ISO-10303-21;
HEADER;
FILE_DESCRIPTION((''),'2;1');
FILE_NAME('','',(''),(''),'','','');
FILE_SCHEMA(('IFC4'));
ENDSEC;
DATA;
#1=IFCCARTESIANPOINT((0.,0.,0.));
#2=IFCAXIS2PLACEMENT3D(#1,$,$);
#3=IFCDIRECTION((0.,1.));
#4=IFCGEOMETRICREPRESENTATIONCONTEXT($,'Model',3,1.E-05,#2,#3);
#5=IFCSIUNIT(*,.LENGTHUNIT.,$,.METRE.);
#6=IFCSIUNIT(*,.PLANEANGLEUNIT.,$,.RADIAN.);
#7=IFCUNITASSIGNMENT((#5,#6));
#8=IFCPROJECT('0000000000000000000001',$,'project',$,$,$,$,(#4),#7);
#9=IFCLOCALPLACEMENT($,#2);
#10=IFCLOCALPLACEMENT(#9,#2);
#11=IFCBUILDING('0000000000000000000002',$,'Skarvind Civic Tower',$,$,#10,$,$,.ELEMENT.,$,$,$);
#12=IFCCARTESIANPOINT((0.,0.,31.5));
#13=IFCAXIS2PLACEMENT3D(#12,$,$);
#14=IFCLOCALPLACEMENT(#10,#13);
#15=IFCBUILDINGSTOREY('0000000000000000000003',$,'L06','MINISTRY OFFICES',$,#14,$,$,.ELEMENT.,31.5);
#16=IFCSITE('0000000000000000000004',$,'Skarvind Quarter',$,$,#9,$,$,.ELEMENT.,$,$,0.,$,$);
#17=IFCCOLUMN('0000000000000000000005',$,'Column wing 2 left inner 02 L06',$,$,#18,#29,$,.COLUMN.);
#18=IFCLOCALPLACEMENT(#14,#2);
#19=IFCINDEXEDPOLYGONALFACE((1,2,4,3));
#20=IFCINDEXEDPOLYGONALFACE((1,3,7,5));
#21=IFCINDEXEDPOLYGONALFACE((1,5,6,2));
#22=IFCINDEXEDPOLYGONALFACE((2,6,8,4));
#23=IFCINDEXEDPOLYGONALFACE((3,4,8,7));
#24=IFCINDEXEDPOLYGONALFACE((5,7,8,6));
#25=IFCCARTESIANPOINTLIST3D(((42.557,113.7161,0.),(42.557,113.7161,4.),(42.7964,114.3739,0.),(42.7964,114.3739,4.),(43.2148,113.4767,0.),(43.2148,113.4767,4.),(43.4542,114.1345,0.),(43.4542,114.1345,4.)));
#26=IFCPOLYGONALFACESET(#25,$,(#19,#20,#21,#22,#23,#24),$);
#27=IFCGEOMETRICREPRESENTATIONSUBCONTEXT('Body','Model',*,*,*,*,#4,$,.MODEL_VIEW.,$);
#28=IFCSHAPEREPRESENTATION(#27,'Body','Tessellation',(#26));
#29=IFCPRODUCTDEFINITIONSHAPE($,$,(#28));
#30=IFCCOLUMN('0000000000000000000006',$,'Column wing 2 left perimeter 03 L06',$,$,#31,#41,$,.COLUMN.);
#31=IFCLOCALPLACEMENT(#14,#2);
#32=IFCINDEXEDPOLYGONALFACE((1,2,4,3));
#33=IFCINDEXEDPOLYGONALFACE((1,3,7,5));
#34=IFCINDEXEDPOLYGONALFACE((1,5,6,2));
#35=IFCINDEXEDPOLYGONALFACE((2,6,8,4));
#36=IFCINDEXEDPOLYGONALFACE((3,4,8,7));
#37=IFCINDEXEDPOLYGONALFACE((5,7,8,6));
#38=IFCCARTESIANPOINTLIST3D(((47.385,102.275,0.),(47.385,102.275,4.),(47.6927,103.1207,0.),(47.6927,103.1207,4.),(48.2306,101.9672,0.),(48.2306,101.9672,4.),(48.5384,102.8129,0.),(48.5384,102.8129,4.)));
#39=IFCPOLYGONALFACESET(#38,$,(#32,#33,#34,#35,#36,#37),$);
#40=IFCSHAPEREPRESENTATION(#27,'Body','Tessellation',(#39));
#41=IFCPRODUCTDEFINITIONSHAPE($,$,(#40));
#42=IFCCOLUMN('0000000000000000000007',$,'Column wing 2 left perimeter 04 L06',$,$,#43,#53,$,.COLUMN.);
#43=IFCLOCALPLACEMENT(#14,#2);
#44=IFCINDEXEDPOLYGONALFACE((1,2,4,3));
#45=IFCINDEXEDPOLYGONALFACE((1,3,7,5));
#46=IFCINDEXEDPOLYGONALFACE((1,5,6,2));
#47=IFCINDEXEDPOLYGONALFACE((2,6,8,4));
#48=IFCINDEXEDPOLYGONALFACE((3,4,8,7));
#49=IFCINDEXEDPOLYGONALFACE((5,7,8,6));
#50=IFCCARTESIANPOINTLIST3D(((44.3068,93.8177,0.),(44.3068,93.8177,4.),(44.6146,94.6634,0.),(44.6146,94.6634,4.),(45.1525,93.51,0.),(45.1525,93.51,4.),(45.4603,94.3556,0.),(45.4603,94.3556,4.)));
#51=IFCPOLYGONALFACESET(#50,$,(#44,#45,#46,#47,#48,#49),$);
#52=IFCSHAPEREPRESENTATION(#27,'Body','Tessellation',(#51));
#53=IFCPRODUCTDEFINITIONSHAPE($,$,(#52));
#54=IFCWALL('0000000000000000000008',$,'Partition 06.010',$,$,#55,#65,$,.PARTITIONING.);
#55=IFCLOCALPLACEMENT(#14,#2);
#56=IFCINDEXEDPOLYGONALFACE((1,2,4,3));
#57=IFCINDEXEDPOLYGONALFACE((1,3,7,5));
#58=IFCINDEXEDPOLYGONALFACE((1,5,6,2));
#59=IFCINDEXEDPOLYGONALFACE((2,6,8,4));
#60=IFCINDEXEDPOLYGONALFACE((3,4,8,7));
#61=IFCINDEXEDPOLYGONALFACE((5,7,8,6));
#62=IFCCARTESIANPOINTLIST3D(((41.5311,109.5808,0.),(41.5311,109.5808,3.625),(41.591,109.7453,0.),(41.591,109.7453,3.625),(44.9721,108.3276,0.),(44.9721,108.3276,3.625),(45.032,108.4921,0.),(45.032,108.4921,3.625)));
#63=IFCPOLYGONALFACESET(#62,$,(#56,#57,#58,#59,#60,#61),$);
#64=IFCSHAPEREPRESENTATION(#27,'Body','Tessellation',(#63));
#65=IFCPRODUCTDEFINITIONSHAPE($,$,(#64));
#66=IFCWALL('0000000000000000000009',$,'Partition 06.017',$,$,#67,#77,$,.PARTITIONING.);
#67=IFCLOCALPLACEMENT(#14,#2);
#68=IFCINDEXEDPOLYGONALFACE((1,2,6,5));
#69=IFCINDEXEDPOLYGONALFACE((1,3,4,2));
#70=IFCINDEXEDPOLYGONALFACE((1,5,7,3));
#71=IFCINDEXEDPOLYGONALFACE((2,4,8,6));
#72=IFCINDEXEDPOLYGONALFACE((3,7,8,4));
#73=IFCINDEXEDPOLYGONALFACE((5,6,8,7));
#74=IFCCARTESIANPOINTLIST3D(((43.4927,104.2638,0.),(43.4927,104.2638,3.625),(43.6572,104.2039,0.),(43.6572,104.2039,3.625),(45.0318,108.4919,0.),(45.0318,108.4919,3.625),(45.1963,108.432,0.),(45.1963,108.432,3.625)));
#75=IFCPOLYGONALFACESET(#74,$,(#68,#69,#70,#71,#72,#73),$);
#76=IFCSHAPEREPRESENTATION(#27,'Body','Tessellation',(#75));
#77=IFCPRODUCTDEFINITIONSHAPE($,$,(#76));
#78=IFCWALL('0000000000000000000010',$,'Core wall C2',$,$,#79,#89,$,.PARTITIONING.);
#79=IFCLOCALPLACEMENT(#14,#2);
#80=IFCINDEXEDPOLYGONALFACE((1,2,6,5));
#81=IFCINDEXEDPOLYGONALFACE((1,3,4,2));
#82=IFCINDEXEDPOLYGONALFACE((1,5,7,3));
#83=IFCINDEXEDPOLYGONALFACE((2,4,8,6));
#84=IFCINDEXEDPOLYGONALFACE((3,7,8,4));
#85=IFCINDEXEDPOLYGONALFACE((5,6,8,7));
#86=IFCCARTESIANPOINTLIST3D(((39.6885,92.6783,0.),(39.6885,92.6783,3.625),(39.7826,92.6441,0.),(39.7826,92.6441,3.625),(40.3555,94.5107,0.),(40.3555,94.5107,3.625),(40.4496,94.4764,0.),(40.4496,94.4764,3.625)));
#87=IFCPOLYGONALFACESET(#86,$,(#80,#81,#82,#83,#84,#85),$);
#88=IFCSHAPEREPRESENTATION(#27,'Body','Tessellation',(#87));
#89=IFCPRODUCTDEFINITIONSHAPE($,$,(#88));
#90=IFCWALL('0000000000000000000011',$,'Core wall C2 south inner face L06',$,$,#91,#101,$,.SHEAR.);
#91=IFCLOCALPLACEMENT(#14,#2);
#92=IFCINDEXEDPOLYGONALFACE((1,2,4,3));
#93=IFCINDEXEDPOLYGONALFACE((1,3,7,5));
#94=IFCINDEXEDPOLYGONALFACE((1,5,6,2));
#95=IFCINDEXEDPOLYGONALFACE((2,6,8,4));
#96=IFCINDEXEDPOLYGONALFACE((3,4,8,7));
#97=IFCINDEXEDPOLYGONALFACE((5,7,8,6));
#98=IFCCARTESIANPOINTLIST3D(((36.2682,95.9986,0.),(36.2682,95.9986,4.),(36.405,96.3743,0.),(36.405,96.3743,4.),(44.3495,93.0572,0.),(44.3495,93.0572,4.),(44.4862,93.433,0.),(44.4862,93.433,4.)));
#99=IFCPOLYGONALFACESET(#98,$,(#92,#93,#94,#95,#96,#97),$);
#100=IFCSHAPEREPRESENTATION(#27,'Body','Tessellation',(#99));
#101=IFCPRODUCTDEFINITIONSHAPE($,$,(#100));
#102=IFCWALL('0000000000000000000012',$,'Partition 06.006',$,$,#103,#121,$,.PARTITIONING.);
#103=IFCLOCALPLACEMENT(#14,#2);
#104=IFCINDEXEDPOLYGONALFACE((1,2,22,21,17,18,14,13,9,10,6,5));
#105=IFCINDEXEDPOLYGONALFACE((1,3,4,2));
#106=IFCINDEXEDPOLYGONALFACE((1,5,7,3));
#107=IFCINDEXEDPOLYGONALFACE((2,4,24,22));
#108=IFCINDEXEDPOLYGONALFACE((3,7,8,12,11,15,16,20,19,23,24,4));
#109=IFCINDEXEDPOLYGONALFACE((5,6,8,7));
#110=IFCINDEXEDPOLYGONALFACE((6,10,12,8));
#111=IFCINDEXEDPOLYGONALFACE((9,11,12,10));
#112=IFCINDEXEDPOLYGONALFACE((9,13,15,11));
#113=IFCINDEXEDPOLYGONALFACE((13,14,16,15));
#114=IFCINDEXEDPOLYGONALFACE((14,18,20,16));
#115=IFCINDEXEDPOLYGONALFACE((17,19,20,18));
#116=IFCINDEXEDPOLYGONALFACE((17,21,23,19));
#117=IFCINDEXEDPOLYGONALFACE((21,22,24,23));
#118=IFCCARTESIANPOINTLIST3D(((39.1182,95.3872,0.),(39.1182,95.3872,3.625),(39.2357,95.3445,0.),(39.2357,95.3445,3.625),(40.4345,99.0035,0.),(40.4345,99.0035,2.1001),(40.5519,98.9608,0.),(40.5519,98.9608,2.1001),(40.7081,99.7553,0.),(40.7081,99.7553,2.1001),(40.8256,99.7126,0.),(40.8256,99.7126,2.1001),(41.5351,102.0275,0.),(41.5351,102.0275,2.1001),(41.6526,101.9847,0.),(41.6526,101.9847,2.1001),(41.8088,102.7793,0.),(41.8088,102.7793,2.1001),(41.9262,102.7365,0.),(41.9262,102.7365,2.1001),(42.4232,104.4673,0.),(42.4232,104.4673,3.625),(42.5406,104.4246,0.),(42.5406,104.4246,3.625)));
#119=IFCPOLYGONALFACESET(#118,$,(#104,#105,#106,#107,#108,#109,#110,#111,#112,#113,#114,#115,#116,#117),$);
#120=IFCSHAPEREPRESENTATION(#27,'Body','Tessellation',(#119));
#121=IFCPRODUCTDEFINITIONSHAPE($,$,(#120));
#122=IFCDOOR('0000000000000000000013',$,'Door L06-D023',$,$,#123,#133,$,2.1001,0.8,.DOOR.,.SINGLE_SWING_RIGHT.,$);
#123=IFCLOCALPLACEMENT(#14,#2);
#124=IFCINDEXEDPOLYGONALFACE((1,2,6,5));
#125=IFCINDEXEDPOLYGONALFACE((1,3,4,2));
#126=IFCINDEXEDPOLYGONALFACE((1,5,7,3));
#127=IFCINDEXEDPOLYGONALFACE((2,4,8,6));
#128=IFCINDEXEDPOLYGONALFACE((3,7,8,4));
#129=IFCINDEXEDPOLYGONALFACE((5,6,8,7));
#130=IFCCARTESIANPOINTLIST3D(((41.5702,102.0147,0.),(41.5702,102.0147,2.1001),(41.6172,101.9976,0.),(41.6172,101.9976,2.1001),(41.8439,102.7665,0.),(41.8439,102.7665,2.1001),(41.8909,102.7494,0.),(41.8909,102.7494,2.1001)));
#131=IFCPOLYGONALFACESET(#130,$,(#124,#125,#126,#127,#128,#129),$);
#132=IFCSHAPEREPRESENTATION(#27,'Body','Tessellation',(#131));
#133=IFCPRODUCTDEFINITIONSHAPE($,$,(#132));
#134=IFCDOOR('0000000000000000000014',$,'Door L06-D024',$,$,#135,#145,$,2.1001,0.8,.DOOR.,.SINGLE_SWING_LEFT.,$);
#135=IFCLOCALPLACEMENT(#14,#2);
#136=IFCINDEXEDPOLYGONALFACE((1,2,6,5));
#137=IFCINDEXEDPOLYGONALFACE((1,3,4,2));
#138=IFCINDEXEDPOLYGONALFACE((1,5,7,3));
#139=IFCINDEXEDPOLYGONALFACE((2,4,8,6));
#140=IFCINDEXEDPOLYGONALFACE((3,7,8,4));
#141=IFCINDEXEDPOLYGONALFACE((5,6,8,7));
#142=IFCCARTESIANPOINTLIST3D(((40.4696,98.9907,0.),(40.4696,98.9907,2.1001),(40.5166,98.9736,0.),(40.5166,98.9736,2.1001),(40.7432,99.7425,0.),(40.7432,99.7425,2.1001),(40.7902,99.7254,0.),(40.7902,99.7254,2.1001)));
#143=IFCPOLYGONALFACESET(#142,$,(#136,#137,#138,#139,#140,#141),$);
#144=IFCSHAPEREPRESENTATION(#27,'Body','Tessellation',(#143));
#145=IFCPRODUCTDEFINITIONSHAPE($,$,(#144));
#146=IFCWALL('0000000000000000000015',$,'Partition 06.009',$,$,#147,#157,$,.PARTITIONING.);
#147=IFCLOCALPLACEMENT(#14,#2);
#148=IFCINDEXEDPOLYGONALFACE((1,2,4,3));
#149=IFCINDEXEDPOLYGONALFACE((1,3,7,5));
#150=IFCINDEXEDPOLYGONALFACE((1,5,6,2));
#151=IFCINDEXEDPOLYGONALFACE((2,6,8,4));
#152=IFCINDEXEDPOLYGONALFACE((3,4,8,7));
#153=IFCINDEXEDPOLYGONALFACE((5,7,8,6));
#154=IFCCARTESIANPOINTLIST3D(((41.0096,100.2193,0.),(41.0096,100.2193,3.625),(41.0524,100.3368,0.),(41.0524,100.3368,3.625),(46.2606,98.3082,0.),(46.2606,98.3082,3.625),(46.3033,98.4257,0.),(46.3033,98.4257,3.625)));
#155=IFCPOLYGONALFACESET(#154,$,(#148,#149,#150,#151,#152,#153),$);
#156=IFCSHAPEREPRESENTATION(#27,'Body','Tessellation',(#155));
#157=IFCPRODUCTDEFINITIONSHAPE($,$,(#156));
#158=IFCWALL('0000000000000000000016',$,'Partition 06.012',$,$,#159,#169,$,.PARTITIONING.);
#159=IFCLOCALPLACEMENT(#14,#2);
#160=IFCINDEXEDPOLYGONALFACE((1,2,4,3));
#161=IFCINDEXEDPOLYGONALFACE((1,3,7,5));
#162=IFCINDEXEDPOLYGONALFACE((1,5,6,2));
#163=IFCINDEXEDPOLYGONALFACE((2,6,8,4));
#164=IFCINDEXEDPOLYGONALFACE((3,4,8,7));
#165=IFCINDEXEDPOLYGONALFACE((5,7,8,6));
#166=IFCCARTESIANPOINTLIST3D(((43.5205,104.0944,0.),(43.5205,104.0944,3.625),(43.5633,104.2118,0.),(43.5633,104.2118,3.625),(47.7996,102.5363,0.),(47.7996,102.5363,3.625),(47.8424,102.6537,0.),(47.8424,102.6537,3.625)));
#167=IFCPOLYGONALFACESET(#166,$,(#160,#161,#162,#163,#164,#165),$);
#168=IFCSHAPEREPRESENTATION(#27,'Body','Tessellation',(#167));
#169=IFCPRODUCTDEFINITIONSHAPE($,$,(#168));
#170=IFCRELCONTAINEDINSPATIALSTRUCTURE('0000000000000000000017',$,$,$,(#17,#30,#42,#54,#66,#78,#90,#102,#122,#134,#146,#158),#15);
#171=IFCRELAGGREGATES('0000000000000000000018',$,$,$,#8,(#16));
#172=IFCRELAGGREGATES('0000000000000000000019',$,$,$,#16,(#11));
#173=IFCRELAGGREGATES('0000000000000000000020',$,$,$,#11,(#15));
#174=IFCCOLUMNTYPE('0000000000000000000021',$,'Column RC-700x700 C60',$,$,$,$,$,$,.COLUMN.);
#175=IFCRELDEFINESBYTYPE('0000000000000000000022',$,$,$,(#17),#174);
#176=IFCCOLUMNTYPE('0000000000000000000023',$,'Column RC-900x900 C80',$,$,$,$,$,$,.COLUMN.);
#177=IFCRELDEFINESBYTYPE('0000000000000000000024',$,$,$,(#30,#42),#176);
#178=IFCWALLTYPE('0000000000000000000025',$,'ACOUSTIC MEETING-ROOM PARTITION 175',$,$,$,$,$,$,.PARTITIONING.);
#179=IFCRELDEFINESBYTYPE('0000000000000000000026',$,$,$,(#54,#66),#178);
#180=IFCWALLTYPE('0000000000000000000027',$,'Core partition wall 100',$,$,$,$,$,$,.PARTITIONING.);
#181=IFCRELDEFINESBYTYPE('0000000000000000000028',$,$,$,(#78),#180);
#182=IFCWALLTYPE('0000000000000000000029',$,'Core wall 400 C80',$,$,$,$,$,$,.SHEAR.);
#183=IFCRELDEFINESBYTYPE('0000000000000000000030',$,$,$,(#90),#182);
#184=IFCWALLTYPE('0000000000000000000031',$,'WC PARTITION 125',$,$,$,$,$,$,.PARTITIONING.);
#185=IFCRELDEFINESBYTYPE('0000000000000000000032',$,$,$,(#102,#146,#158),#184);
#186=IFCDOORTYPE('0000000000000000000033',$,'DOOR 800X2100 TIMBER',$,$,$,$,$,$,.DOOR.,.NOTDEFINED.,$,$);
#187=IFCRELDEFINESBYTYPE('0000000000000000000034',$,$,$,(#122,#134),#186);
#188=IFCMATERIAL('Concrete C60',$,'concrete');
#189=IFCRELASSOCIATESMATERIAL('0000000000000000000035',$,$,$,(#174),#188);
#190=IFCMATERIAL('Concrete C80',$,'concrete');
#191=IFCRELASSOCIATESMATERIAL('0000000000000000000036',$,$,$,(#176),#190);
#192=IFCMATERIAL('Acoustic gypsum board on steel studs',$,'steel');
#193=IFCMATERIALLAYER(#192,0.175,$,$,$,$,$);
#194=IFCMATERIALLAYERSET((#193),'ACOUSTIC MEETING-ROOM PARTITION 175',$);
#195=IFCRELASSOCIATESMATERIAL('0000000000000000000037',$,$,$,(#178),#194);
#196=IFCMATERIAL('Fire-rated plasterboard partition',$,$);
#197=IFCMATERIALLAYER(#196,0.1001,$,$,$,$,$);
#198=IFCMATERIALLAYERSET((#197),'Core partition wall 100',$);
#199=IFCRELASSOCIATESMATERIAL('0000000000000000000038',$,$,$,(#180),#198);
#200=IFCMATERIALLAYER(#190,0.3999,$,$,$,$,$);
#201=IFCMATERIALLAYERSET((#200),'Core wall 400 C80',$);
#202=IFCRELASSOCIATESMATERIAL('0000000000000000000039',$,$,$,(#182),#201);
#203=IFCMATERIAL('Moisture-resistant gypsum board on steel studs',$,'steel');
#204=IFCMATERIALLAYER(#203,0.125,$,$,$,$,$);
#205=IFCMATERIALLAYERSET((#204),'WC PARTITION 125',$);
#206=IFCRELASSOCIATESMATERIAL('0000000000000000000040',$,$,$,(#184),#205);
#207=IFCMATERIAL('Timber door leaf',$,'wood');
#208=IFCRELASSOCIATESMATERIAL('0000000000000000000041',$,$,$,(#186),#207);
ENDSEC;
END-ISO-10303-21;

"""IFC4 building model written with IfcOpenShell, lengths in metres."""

from ifc_helpers import new_model, si_unit, direction, frame, frame_2d, origin, origin_2d, place, context, subcontext, project, spatial, rectangle, extrude, material, layer, layer_set, material_profile, profile_set, type_object, element, fill, save


model = new_model("IFC4")

# Units and contexts
model_context = context("Model", 3, precision=1e-05, world=origin(), true_north=direction((0.0, 1.0)))
body_context = subcontext(model_context, "Body", "Model", "MODEL_VIEW")
ifc_project = project(units=[si_unit("LENGTHUNIT", "METRE"), si_unit("PLANEANGLEUNIT", "RADIAN")], contexts=[model_context])

# Site, building, storey
site_placement = place(None, origin())
site = spatial("IfcSite", under=ifc_project, at=site_placement, Name="Skarvind Quarter", CompositionType="ELEMENT", RefElevation=0.0)
building_placement = place(site_placement, origin())
building = spatial("IfcBuilding", under=site, at=building_placement, Name="Skarvind Civic Tower", CompositionType="ELEMENT")
storey_placement = place(building_placement, frame((0.0, 0.0, 31.5)))
storey = spatial("IfcBuildingStorey", under=building, at=storey_placement, Name="L06", Description="MINISTRY OFFICES", CompositionType="ELEMENT", Elevation=31.5)

# Columns
ifc_material_1 = material(Name="Concrete C60", Category="concrete")
ifc_material_profile_1 = material_profile(ifc_material_1, rectangle(XDim=0.7, YDim=0.7, at=origin_2d()), Name="RC-700x700")
ifc_profile_set_1 = profile_set([ifc_material_profile_1], Name="Concrete C60")
column_type_1 = type_object("IfcColumnType", Name="Column RC-700x700 C60", PredefinedType="COLUMN", material=ifc_profile_set_1)
column_placement = place(storey_placement, frame((43.0056, 113.9253, 0.0), z_axis=(0.0, 0.0, 1.0), x_axis=(-0.34202, -0.939693, 0.0)))
element("IfcColumn", 1, at=column_placement, inside=storey, type_object=column_type_1, Name="Column wing 2 left inner 02 L06", PredefinedType="COLUMN", context=body_context, shape_type="SweptSolid", body=[
    extrude(rectangle(XDim=0.7, YDim=0.7, at=origin_2d()), origin(), (0.0, 0.0, 1.0), 4.0),
])
ifc_material_2 = material(Name="Concrete C80", Category="concrete")
ifc_material_profile_2 = material_profile(ifc_material_2, rectangle(XDim=0.8999, YDim=0.8999, at=origin_2d()), Name="RC-900x900")
ifc_profile_set_2 = profile_set([ifc_material_profile_2], Name="Concrete C80")
column_type_2 = type_object("IfcColumnType", Name="Column RC-900x900 C80", PredefinedType="COLUMN", material=ifc_profile_set_2)
for number, where, z_axis, x_axis, name in (
    (2, (47.9617, 102.5439, 0.0), (0.0, 0.0, 1.0), (-0.34202, -0.939693, 0.0), "Column wing 2 left perimeter 03 L06"),
    (3, (44.8835, 94.0867, 0.0), (0.0, 0.0, 1.0), (-0.34202, -0.939693, 0.0), "Column wing 2 left perimeter 04 L06"),
):
    element("IfcColumn", number, at=place(storey_placement, frame(where, z_axis=z_axis, x_axis=x_axis)), inside=storey, type_object=column_type_2, Name=name, PredefinedType="COLUMN", context=body_context, shape_type="SweptSolid", body=[
        extrude(rectangle(XDim=0.8999, YDim=0.8999, at=origin_2d()), origin(), (0.0, 0.0, 1.0), 4.0),
    ])

# Walls
ifc_material_3 = material(Name="Acoustic gypsum board on steel studs", Category="steel")
ifc_layer_1 = layer(ifc_material_3, 0.175)
ifc_layer_set_1 = layer_set([ifc_layer_1], Name="ACOUSTIC MEETING-ROOM PARTITION 175")
wall_type_1 = type_object("IfcWallType", Name="ACOUSTIC MEETING-ROOM PARTITION 175", PredefinedType="PARTITIONING", material=ifc_layer_set_1)
wall_1_placement = place(storey_placement, frame((41.561, 109.6631, 0.0), z_axis=(0.0, 0.0, 1.0), x_axis=(0.939624, -0.342209, 0.0)))
element("IfcWall", 4, at=wall_1_placement, inside=storey, type_object=wall_type_1, Name="Partition 06.010", PredefinedType="PARTITIONING", context=body_context, shape_type="SweptSolid", body=[
    extrude(rectangle(XDim=3.6621, YDim=0.175, at=frame_2d((1.8311, 0.0))), origin(), (0.0, 0.0, 1.0), 3.625),
])
wall_2_placement = place(storey_placement, frame((45.114, 108.4619, 0.0), z_axis=(0.0, 0.0, 1.0), x_axis=(-0.342057, -0.939679, 0.0)))
element("IfcWall", 5, at=wall_2_placement, inside=storey, type_object=wall_type_1, Name="Partition 06.017", PredefinedType="PARTITIONING", context=body_context, shape_type="SweptSolid", body=[
    extrude(rectangle(XDim=4.4995, YDim=0.175, at=frame_2d((2.2498, 0.0))), origin(), (0.0, 0.0, 1.0), 3.625),
])
ifc_material_4 = material(Name="Fire-rated plasterboard partition")
ifc_layer_2 = layer(ifc_material_4, 0.1001)
ifc_layer_set_2 = layer_set([ifc_layer_2], Name="Core partition wall 100")
wall_type_2 = type_object("IfcWallType", Name="Core partition wall 100", PredefinedType="PARTITIONING", material=ifc_layer_set_2)
wall_3_placement = place(storey_placement, frame((40.4026, 94.4937, 0.0), z_axis=(0.0, 0.0, 1.0), x_axis=(-0.342065, -0.939676, 0.0)))
element("IfcWall", 6, at=wall_3_placement, inside=storey, type_object=wall_type_2, Name="Core wall C2", PredefinedType="PARTITIONING", context=body_context, shape_type="SweptSolid", body=[
    extrude(rectangle(XDim=1.95, YDim=0.1001, at=frame_2d((0.9751, 0.0))), origin(), (0.0, 0.0, 1.0), 3.625),
])
ifc_layer_3 = layer(ifc_material_2, 0.3999)
ifc_layer_set_3 = layer_set([ifc_layer_3], Name="Core wall 400 C80")
wall_type_3 = type_object("IfcWallType", Name="Core wall 400 C80", PredefinedType="SHEAR", material=ifc_layer_set_3)
wall_4_placement = place(storey_placement, frame((44.4177, 93.2451, 0.0), z_axis=(0.0, 0.0, 1.0), x_axis=(-0.939691, 0.342026, 0.0)))
element("IfcWall", 7, at=wall_4_placement, inside=storey, type_object=wall_type_3, Name="Core wall C2 south inner face L06", PredefinedType="SHEAR", context=body_context, shape_type="SweptSolid", body=[
    extrude(rectangle(XDim=8.5999, YDim=0.3999, at=frame_2d((4.2998, 0.0))), origin(), (0.0, 0.0, 1.0), 4.0),
])

# Wall, openings, doors
ifc_material_5 = material(Name="Moisture-resistant gypsum board on steel studs", Category="steel")
ifc_layer_4 = layer(ifc_material_5, 0.125)
ifc_layer_set_4 = layer_set([ifc_layer_4], Name="WC PARTITION 125")
wall_type_4 = type_object("IfcWallType", Name="WC PARTITION 125", PredefinedType="PARTITIONING", material=ifc_layer_set_4)
wall_5_placement = place(storey_placement, frame((42.4819, 104.446, 0.0), z_axis=(0.0, 0.0, 1.0), x_axis=(-0.342025, -0.939691, 0.0)))
wall_5 = element("IfcWall", 8, at=wall_5_placement, inside=storey, type_object=wall_type_4, Name="Partition 06.006", PredefinedType="PARTITIONING", context=body_context, shape_type="SweptSolid", body=[
    extrude(rectangle(XDim=9.6628, YDim=0.125, at=frame_2d((4.8315, 0.0))), origin(), (0.0, 0.0, 1.0), 3.625),
])
opening_1_placement = place(wall_5_placement, frame((1.7966, 0.0, 0.0)))
opening_1 = element("IfcOpeningElement", 9, at=opening_1_placement, cuts=wall_5, PredefinedType="OPENING", context=body_context, shape_type="SweptSolid", body=[
    extrude(rectangle(XDim=0.8, YDim=2.1001, at=frame_2d((0.3999, 1.05))), frame((0.0, 0.0725, 0.0), z_axis=(0.0, -1.0, 0.0), x_axis=(1.0, 0.0, 0.0)), (0.0, 0.0, 1.0), 0.145),
])
opening_2_placement = place(wall_5_placement, frame((5.0146, 0.0, 0.0)))
opening_2 = element("IfcOpeningElement", 10, at=opening_2_placement, cuts=wall_5, PredefinedType="OPENING", context=body_context, shape_type="SweptSolid", body=[
    extrude(rectangle(XDim=0.8, YDim=2.1001, at=frame_2d((0.3999, 1.05))), frame((0.0, 0.0725, 0.0), z_axis=(0.0, -1.0, 0.0), x_axis=(1.0, 0.0, 0.0)), (0.0, 0.0, 1.0), 0.145),
])
ifc_material_6 = material(Name="Timber door leaf", Category="wood")
door_type = type_object("IfcDoorType", Name="DOOR 800X2100 TIMBER", OperationType="NOTDEFINED", PredefinedType="DOOR", material=ifc_material_6)
door_1_placement = place(opening_1_placement, origin())
door_1 = element("IfcDoor", 11, at=door_1_placement, inside=storey, type_object=door_type, Name="Door L06-D023", OperationType="SINGLE_SWING_RIGHT", OverallHeight=2.1001, OverallWidth=0.8, PredefinedType="DOOR", context=body_context, shape_type="SweptSolid", body=[
    extrude(rectangle(XDim=0.8, YDim=2.1001, at=frame_2d((0.3999, 1.05))), frame((0.0, 0.0249, 0.0), z_axis=(0.0, -1.0, 0.0), x_axis=(1.0, 0.0, 0.0)), (0.0, 0.0, 1.0), 0.05),
])
fill(opening_1, door_1)
door_2_placement = place(opening_2_placement, origin())
door_2 = element("IfcDoor", 12, at=door_2_placement, inside=storey, type_object=door_type, Name="Door L06-D024", OperationType="SINGLE_SWING_LEFT", OverallHeight=2.1001, OverallWidth=0.8, PredefinedType="DOOR", context=body_context, shape_type="SweptSolid", body=[
    extrude(rectangle(XDim=0.8, YDim=2.1001, at=frame_2d((0.3999, 1.05))), frame((0.0, 0.0249, 0.0), z_axis=(0.0, -1.0, 0.0), x_axis=(1.0, 0.0, 0.0)), (0.0, 0.0, 1.0), 0.05),
])
fill(opening_2, door_2)

# Walls
wall_6_placement = place(storey_placement, frame((41.031, 100.2781, 0.0), z_axis=(0.0, 0.0, 1.0), x_axis=(0.939696, -0.34201, 0.0)))
element("IfcWall", 13, at=wall_6_placement, inside=storey, type_object=wall_type_4, Name="Partition 06.009", PredefinedType="PARTITIONING", context=body_context, shape_type="SweptSolid", body=[
    extrude(rectangle(XDim=5.5879, YDim=0.125, at=frame_2d((2.7939, 0.0))), origin(), (0.0, 0.0, 1.0), 3.625),
])
wall_7_placement = place(storey_placement, frame((43.542, 104.1531, 0.0), z_axis=(0.0, 0.0, 1.0), x_axis=(0.939646, -0.342148, 0.0)))
element("IfcWall", 14, at=wall_7_placement, inside=storey, type_object=wall_type_4, Name="Partition 06.012", PredefinedType="PARTITIONING", context=body_context, shape_type="SweptSolid", body=[
    extrude(rectangle(XDim=4.554, YDim=0.125, at=frame_2d((2.2769, 0.0))), origin(), (0.0, 0.0, 1.0), 3.625),
])

save(model, "model.ifc")
